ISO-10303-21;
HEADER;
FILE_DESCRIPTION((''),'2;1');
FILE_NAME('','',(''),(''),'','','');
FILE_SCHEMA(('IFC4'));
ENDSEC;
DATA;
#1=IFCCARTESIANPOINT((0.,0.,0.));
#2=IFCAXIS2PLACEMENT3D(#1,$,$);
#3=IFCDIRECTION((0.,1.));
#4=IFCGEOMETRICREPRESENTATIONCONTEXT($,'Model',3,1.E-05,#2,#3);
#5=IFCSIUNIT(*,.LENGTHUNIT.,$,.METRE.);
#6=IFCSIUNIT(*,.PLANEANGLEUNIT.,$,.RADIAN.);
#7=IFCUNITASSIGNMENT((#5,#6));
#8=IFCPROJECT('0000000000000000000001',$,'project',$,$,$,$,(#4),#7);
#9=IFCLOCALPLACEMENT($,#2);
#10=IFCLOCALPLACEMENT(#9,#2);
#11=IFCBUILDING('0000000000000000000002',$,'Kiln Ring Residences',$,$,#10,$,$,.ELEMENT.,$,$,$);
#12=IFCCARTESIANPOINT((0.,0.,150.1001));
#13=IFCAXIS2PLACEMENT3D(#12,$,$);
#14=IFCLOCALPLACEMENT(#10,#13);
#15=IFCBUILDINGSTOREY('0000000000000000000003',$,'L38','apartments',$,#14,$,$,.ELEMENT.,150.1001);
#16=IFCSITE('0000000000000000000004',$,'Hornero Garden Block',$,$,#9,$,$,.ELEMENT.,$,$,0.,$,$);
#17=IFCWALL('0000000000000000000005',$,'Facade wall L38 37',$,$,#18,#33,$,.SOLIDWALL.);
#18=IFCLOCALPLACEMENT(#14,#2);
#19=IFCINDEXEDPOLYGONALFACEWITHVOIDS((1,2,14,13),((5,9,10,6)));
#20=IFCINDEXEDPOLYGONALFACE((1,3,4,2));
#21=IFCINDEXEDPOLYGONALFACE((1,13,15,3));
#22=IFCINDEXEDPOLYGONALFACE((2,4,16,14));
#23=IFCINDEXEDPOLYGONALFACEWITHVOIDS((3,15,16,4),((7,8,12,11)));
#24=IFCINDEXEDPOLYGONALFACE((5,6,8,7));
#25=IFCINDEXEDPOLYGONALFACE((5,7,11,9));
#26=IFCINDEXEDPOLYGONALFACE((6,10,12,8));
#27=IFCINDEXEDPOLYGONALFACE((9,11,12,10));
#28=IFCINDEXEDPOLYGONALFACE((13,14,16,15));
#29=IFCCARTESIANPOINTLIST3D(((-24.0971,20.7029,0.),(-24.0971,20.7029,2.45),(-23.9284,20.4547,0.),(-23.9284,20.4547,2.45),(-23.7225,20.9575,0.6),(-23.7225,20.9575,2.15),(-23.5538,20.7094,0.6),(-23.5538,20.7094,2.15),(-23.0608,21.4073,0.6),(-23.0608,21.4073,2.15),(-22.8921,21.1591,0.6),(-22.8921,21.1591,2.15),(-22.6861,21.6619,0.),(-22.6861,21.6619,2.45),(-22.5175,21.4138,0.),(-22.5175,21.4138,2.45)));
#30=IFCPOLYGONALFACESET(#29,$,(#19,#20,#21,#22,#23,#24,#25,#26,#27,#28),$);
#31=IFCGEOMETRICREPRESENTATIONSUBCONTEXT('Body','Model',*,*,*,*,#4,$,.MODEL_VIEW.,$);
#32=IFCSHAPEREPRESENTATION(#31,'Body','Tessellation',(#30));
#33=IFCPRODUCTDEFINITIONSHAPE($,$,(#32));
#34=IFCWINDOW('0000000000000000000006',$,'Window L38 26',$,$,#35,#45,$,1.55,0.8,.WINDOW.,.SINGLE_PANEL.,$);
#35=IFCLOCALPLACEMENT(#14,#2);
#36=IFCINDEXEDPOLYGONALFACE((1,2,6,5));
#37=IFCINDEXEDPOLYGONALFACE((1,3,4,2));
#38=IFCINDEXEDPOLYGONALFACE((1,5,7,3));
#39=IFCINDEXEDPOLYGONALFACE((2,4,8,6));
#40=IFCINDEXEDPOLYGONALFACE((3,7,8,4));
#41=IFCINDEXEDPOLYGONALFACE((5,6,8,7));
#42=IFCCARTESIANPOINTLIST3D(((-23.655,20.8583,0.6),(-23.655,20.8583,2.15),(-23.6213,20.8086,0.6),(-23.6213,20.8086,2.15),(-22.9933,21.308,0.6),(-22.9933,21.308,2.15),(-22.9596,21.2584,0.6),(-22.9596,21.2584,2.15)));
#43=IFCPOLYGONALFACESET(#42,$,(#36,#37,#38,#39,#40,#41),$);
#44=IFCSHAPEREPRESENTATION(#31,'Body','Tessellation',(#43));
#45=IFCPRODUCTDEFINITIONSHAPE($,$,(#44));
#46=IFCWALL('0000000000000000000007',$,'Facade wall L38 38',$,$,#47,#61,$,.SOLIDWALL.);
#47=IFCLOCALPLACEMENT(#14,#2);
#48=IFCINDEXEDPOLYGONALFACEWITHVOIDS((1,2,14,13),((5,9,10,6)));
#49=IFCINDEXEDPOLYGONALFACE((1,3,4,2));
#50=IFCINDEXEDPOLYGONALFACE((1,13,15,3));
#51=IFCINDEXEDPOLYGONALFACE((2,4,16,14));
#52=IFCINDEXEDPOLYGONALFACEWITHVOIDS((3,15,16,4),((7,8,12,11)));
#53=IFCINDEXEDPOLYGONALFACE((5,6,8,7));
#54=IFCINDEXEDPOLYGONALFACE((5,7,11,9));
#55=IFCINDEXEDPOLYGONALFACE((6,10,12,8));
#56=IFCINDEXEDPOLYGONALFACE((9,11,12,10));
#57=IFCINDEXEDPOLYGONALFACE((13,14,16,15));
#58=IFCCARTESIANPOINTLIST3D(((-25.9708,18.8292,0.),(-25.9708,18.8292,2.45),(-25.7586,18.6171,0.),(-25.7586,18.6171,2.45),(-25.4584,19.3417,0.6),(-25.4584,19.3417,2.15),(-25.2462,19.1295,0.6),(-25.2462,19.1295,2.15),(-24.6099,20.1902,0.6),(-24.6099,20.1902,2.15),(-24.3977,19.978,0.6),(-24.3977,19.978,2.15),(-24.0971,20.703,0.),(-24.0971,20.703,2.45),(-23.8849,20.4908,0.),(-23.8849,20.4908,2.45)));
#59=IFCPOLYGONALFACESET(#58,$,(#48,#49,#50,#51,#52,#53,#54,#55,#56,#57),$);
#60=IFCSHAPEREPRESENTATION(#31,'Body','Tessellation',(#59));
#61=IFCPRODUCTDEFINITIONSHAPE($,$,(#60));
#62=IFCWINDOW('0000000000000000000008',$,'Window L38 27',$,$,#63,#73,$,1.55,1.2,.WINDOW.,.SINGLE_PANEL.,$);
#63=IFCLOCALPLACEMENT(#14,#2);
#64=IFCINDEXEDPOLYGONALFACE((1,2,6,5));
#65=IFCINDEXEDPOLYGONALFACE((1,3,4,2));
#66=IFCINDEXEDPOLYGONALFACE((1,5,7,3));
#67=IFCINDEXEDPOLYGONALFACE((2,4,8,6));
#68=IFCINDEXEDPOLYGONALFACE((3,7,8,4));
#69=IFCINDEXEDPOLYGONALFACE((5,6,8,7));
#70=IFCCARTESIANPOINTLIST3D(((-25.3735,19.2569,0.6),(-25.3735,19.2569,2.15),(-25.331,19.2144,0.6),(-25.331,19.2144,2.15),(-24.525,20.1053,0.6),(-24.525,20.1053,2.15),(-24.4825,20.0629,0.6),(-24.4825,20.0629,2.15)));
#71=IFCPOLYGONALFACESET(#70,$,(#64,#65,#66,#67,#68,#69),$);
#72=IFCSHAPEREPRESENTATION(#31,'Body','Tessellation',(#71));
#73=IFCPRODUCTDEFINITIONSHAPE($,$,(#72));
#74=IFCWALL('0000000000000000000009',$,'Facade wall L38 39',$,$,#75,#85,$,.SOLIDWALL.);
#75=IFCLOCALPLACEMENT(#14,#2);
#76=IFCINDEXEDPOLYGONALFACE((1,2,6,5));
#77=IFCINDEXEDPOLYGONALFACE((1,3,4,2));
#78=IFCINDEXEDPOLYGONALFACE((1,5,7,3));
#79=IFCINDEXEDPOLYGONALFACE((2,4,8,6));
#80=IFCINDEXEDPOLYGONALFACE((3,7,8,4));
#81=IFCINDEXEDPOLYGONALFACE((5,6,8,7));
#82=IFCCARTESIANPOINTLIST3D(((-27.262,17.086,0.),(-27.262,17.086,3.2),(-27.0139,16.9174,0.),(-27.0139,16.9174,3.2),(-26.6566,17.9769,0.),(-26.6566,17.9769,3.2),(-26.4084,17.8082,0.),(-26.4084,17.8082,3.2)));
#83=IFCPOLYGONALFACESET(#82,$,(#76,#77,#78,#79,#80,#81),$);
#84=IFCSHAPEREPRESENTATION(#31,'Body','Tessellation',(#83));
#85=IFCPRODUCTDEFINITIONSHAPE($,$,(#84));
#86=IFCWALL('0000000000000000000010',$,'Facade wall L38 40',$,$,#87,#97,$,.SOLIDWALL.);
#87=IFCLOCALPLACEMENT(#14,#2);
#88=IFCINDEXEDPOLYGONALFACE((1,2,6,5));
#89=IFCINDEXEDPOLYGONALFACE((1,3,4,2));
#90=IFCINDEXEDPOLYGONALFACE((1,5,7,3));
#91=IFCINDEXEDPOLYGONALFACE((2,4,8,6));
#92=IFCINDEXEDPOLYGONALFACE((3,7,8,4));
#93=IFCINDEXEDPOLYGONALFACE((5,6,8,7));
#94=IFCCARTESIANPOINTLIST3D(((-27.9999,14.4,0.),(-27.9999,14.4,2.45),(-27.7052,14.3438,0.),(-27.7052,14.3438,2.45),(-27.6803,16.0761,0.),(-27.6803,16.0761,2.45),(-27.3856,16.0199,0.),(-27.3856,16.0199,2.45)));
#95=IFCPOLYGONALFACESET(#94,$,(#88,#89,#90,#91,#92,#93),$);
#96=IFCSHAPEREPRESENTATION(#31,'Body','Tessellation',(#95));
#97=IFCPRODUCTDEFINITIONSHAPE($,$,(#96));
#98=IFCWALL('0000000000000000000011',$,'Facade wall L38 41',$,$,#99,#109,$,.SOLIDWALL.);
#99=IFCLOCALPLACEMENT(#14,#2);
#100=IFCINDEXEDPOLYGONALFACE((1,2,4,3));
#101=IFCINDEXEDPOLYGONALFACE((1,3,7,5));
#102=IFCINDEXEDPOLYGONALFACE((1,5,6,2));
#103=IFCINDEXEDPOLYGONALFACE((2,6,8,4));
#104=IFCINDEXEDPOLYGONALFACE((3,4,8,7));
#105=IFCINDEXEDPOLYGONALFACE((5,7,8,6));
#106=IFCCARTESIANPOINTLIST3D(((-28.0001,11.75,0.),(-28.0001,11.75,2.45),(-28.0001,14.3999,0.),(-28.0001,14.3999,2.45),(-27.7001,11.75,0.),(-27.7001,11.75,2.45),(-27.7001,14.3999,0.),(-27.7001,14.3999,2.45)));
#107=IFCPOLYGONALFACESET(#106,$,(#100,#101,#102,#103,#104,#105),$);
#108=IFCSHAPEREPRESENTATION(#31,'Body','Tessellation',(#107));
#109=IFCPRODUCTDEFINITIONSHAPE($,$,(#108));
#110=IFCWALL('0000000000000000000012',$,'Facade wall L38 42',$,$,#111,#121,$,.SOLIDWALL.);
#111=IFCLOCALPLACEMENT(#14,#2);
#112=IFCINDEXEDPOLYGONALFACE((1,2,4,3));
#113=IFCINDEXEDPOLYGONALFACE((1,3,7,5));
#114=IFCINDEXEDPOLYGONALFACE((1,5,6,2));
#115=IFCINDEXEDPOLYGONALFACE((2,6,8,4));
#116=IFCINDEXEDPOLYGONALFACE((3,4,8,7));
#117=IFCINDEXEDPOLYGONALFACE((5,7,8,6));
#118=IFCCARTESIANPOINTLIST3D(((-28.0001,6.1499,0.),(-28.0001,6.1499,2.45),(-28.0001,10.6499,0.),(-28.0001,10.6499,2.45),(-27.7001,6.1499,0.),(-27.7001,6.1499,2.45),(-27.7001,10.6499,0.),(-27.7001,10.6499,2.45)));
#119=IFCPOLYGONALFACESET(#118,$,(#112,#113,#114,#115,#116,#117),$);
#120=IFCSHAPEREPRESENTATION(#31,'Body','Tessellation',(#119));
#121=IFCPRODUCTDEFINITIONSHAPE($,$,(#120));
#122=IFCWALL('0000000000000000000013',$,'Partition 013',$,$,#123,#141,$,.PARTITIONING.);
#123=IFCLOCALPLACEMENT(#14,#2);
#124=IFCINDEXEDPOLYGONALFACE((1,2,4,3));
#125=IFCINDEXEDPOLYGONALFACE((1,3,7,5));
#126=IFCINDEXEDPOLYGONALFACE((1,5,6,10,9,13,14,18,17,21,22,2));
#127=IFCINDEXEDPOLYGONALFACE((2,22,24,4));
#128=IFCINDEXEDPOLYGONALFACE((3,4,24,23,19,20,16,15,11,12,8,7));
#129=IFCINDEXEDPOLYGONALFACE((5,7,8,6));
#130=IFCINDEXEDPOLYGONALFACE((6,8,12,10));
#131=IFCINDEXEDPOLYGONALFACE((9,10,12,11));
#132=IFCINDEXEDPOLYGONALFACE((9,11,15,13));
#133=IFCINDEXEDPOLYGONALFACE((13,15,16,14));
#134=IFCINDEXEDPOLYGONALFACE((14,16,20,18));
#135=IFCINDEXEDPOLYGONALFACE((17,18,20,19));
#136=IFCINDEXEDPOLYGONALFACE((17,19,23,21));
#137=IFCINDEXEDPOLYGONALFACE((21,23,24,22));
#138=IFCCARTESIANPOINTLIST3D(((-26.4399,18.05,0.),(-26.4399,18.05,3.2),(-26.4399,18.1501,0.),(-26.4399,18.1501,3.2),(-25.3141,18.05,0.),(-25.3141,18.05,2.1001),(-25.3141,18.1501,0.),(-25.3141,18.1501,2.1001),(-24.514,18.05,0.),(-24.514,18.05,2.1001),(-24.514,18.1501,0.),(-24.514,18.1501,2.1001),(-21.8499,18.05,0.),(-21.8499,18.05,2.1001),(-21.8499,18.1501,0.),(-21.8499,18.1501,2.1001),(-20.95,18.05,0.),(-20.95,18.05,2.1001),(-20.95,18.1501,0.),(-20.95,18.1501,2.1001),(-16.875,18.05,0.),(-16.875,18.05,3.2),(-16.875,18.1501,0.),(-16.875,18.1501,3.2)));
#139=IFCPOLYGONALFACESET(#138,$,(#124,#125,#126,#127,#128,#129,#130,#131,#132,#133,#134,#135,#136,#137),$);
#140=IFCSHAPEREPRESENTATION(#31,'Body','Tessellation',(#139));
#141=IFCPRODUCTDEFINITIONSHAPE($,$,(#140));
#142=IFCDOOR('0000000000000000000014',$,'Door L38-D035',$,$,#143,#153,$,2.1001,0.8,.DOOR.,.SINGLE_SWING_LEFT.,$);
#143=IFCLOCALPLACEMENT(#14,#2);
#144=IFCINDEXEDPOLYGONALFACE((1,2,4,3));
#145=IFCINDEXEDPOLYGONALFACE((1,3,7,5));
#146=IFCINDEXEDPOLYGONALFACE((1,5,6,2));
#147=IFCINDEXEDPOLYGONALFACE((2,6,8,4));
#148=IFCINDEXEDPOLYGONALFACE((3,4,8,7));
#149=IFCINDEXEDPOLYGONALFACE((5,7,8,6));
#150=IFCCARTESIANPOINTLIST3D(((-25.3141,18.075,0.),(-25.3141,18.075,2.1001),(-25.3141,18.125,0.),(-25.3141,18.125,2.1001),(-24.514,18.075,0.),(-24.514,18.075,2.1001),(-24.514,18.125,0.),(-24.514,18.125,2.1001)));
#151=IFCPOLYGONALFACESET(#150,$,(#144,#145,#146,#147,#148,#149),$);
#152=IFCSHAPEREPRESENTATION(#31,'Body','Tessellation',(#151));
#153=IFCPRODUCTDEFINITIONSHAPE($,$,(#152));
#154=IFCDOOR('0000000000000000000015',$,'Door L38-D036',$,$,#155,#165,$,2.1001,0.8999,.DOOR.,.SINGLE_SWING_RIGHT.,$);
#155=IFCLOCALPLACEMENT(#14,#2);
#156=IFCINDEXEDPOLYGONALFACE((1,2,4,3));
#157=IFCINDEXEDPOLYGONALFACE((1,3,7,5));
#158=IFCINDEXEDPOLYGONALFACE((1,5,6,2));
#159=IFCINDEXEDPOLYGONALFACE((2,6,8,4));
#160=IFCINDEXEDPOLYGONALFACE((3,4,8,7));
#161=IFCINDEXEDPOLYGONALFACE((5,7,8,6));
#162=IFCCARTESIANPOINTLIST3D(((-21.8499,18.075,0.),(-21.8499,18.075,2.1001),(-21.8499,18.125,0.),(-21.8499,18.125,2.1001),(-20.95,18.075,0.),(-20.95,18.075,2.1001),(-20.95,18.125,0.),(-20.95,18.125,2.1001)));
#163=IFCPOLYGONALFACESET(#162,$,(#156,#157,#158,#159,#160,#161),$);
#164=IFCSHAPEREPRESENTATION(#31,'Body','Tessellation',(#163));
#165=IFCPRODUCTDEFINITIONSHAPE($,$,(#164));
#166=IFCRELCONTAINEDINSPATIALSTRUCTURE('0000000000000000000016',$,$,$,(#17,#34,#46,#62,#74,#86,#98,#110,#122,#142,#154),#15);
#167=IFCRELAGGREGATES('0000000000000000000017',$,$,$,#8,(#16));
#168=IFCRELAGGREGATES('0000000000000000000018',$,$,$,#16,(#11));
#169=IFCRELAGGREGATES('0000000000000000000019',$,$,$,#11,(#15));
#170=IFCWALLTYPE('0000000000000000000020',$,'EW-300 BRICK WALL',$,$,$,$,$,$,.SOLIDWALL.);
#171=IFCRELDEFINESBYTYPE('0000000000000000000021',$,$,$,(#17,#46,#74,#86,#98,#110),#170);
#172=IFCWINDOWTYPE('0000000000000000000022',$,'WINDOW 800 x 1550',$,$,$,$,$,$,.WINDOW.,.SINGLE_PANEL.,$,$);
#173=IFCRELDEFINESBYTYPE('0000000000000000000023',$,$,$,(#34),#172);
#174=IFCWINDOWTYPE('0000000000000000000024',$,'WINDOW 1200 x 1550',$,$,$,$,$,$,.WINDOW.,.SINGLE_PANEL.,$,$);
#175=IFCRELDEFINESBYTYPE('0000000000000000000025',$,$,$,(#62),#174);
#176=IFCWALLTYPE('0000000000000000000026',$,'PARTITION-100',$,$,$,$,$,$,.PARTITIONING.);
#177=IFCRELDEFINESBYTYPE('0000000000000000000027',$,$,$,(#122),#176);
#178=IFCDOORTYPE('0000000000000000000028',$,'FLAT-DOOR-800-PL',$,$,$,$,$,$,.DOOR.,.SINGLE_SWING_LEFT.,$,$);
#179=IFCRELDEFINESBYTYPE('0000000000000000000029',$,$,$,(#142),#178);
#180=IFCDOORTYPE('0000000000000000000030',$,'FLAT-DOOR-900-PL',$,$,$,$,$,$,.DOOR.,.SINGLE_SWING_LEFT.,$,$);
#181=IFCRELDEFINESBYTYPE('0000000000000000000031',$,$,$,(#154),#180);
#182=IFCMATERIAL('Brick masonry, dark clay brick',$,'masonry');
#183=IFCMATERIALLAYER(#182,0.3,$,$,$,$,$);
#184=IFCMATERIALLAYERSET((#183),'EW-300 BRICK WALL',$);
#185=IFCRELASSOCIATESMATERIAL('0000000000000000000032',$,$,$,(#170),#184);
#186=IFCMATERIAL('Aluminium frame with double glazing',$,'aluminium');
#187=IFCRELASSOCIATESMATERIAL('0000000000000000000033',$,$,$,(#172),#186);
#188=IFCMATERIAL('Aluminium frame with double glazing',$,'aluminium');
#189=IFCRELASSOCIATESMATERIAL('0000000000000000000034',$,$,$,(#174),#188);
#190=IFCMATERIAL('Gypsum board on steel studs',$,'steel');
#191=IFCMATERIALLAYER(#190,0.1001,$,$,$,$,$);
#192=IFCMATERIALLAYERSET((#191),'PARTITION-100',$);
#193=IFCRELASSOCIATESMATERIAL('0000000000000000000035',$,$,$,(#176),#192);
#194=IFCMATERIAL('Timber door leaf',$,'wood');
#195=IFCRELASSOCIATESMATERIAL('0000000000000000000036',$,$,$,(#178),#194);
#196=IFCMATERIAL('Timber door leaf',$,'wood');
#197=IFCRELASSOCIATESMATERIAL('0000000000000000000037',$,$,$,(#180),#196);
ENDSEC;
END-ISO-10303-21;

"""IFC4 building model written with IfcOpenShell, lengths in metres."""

from ifc_helpers import new_model, si_unit, direction, frame, frame_2d, origin, place, context, subcontext, project, spatial, rectangle, extrude, material, layer, layer_set, type_object, element, fill, save


model = new_model("IFC4")

# Units and contexts
model_context = context("Model", 3, precision=1e-05, world=origin(), true_north=direction((0.0, 1.0)))
body_context = subcontext(model_context, "Body", "Model", "MODEL_VIEW")
ifc_project = project(units=[si_unit("LENGTHUNIT", "METRE"), si_unit("PLANEANGLEUNIT", "RADIAN")], contexts=[model_context])

# Site, building, storey
site_placement = place(None, origin())
site = spatial("IfcSite", under=ifc_project, at=site_placement, Name="Hornero Garden Block", CompositionType="ELEMENT", RefElevation=0.0)
building_placement = place(site_placement, origin())
building = spatial("IfcBuilding", under=site, at=building_placement, Name="Kiln Ring Residences", CompositionType="ELEMENT")
storey_placement = place(building_placement, frame((0.0, 0.0, 150.1001)))
storey = spatial("IfcBuildingStorey", under=building, at=storey_placement, Name="L38", Description="apartments", CompositionType="ELEMENT", Elevation=150.1001)

# Walls, openings, windows
ifc_material_1 = material(Name="Brick masonry, dark clay brick", Category="masonry")
ifc_layer_1 = layer(ifc_material_1, 0.3)
ifc_layer_set_1 = layer_set([ifc_layer_1], Name="EW-300 BRICK WALL")
wall_type_1 = type_object("IfcWallType", Name="EW-300 BRICK WALL", PredefinedType="SOLIDWALL", material=ifc_layer_set_1)
ifc_material_2 = material(Name="Aluminium frame with double glazing", Category="aluminium")
window_type_1 = type_object("IfcWindowType", Name="WINDOW 800 x 1550", PartitioningType="SINGLE_PANEL", PredefinedType="WINDOW", material=ifc_material_2)
wall_1_placement = place(storey_placement, frame((-22.6018, 21.5378, 0.0), z_axis=(0.0, 0.0, 1.0), x_axis=(-0.827041, -0.562142, 0.0)))
wall_1 = element("IfcWall", 1, at=wall_1_placement, inside=storey, type_object=wall_type_1, Name="Facade wall L38 37", PredefinedType="SOLIDWALL", context=body_context, shape_type="SweptSolid", body=[
    extrude(rectangle(XDim=1.7061, YDim=0.3, at=frame_2d((0.853, 0.0))), origin(), (0.0, 0.0, 1.0), 2.45),
])
opening_1_placement = place(wall_1_placement, frame((0.4531, 0.0, 0.6001)))
opening_1 = element("IfcOpeningElement", 2, at=opening_1_placement, cuts=wall_1, PredefinedType="OPENING", context=body_context, shape_type="SweptSolid", body=[
    extrude(rectangle(XDim=0.8, YDim=1.55, at=frame_2d((0.3999, 0.7749))), frame((0.0, 0.1599, 0.0), z_axis=(0.0, -1.0, 0.0), x_axis=(1.0, 0.0, 0.0)), (0.0, 0.0, 1.0), 0.3201),
])
window_1_placement = place(opening_1_placement, origin())
window_1 = element("IfcWindow", 3, at=window_1_placement, inside=storey, type_object=window_type_1, Name="Window L38 26", OverallHeight=1.55, OverallWidth=0.8, PartitioningType="SINGLE_PANEL", PredefinedType="WINDOW", context=body_context, shape_type="SweptSolid", body=[
    extrude(rectangle(XDim=0.8, YDim=1.55, at=frame_2d((0.3999, 0.7749))), frame((0.0, 0.03, 0.0), z_axis=(0.0, -1.0, 0.0), x_axis=(1.0, 0.0, 0.0)), (0.0, 0.0, 1.0), 0.0601),
])
fill(opening_1, window_1)
wall_2_placement = place(storey_placement, frame((-23.991, 20.5969, 0.0), z_axis=(0.0, 0.0, 1.0), x_axis=(-0.707107, -0.707107, 0.0)))
wall_2 = element("IfcWall", 4, at=wall_2_placement, inside=storey, type_object=wall_type_1, Name="Facade wall L38 38", PredefinedType="SOLIDWALL", context=body_context, shape_type="SweptSolid", body=[
    extrude(rectangle(XDim=2.6499, YDim=0.3, at=frame_2d((1.325, 0.0))), origin(), (0.0, 0.0, 1.0), 2.45),
])
opening_2_placement = place(wall_2_placement, frame((0.7251, 0.0, 0.6001)))
opening_2 = element("IfcOpeningElement", 5, at=opening_2_placement, cuts=wall_2, PredefinedType="OPENING", context=body_context, shape_type="SweptSolid", body=[
    extrude(rectangle(XDim=1.2, YDim=1.55, at=frame_2d((0.6001, 0.7749))), frame((0.0, 0.1599, 0.0), z_axis=(0.0, -1.0, 0.0), x_axis=(1.0, 0.0, 0.0)), (0.0, 0.0, 1.0), 0.3201),
])
ifc_material_3 = material(Name="Aluminium frame with double glazing", Category="aluminium")
window_type_2 = type_object("IfcWindowType", Name="WINDOW 1200 x 1550", PartitioningType="SINGLE_PANEL", PredefinedType="WINDOW", material=ifc_material_3)
window_2_placement = place(opening_2_placement, origin())
window_2 = element("IfcWindow", 6, at=window_2_placement, inside=storey, type_object=window_type_2, Name="Window L38 27", OverallHeight=1.55, OverallWidth=1.2, PartitioningType="SINGLE_PANEL", PredefinedType="WINDOW", context=body_context, shape_type="SweptSolid", body=[
    extrude(rectangle(XDim=1.2, YDim=1.55, at=frame_2d((0.6001, 0.7749))), frame((0.0, 0.03, 0.0), z_axis=(0.0, -1.0, 0.0), x_axis=(1.0, 0.0, 0.0)), (0.0, 0.0, 1.0), 0.0601),
])
fill(opening_2, window_2)

# Walls
wall_3_placement = place(storey_placement, frame((-26.5325, 17.8926, 0.0), z_axis=(0.0, 0.0, 1.0), x_axis=(-0.562105, -0.827066, 0.0)))
element("IfcWall", 7, at=wall_3_placement, inside=storey, type_object=wall_type_1, Name="Facade wall L38 39", PredefinedType="SOLIDWALL", context=body_context, shape_type="SweptSolid", body=[
    extrude(rectangle(XDim=1.0771, YDim=0.3, at=frame_2d((0.5386, 0.0))), origin(), (0.0, 0.0, 1.0), 3.2),
])
wall_4_placement = place(storey_placement, frame((-27.533, 16.0479, 0.0), z_axis=(0.0, 0.0, 1.0), x_axis=(-0.187303, -0.982302, 0.0)))
element("IfcWall", 8, at=wall_4_placement, inside=storey, type_object=wall_type_1, Name="Facade wall L38 40", PredefinedType="SOLIDWALL", context=body_context, shape_type="SweptSolid", body=[
    extrude(rectangle(XDim=1.7063, YDim=0.3, at=frame_2d((0.853, 0.0))), origin(), (0.0, 0.0, 1.0), 2.45),
])
wall_5_placement = place(storey_placement, frame((-27.8501, 14.3999, 0.0), z_axis=(0.0, 0.0, 1.0), x_axis=(0.0, -1.0, 0.0)))
element("IfcWall", 9, at=wall_5_placement, inside=storey, type_object=wall_type_1, Name="Facade wall L38 41", PredefinedType="SOLIDWALL", context=body_context, shape_type="SweptSolid", body=[
    extrude(rectangle(XDim=2.6499, YDim=0.3, at=frame_2d((1.325, 0.0))), origin(), (0.0, 0.0, 1.0), 2.45),
])
wall_6_placement = place(storey_placement, frame((-27.8501, 10.6499, 0.0), z_axis=(0.0, 0.0, 1.0), x_axis=(0.0, -1.0, 0.0)))
element("IfcWall", 10, at=wall_6_placement, inside=storey, type_object=wall_type_1, Name="Facade wall L38 42", PredefinedType="SOLIDWALL", context=body_context, shape_type="SweptSolid", body=[
    extrude(rectangle(XDim=4.5, YDim=0.3, at=frame_2d((2.25, 0.0))), origin(), (0.0, 0.0, 1.0), 2.45),
])

# Wall, openings, doors
ifc_material_4 = material(Name="Gypsum board on steel studs", Category="steel")
ifc_layer_2 = layer(ifc_material_4, 0.1001)
ifc_layer_set_2 = layer_set([ifc_layer_2], Name="PARTITION-100")
wall_type_2 = type_object("IfcWallType", Name="PARTITION-100", PredefinedType="PARTITIONING", material=ifc_layer_set_2)
wall_7_placement = place(storey_placement, frame((-26.4399, 18.1001, 0.0), z_axis=(0.0, 0.0, 1.0), x_axis=(1.0, 0.0, 0.0)))
wall_7 = element("IfcWall", 11, at=wall_7_placement, inside=storey, type_object=wall_type_2, Name="Partition 013", PredefinedType="PARTITIONING", context=body_context, shape_type="SweptSolid", body=[
    extrude(rectangle(XDim=9.5649, YDim=0.1001, at=frame_2d((4.7825, 0.0))), origin(), (0.0, 0.0, 1.0), 3.2),
])
opening_3_placement = place(wall_7_placement, frame((1.126, 0.0, 0.0)))
opening_3 = element("IfcOpeningElement", 12, at=opening_3_placement, cuts=wall_7, PredefinedType="OPENING", context=body_context, shape_type="SweptSolid", body=[
    extrude(rectangle(XDim=0.8, YDim=2.1001, at=frame_2d((0.3999, 1.05))), frame((0.0, 0.0601, 0.0), z_axis=(0.0, -1.0, 0.0), x_axis=(1.0, 0.0, 0.0)), (0.0, 0.0, 1.0), 0.1201),
])
opening_4_placement = place(wall_7_placement, frame((4.5901, 0.0, 0.0)))
opening_4 = element("IfcOpeningElement", 13, at=opening_4_placement, cuts=wall_7, PredefinedType="OPENING", context=body_context, shape_type="SweptSolid", body=[
    extrude(rectangle(XDim=0.8999, YDim=2.1001, at=frame_2d((0.45, 1.05))), frame((0.0, 0.0601, 0.0), z_axis=(0.0, -1.0, 0.0), x_axis=(1.0, 0.0, 0.0)), (0.0, 0.0, 1.0), 0.1201),
])
ifc_material_5 = material(Name="Timber door leaf", Category="wood")
door_type_1 = type_object("IfcDoorType", Name="FLAT-DOOR-800-PL", OperationType="SINGLE_SWING_LEFT", PredefinedType="DOOR", material=ifc_material_5)
door_1_placement = place(opening_3_placement, origin())
door_1 = element("IfcDoor", 14, at=door_1_placement, inside=storey, type_object=door_type_1, Name="Door L38-D035", OperationType="SINGLE_SWING_LEFT", OverallHeight=2.1001, OverallWidth=0.8, PredefinedType="DOOR", context=body_context, shape_type="SweptSolid", body=[
    extrude(rectangle(XDim=0.8, YDim=2.1001, at=frame_2d((0.3999, 1.05))), frame((0.0, 0.0249, 0.0), z_axis=(0.0, -1.0, 0.0), x_axis=(1.0, 0.0, 0.0)), (0.0, 0.0, 1.0), 0.05),
])
fill(opening_3, door_1)
ifc_material_6 = material(Name="Timber door leaf", Category="wood")
door_type_2 = type_object("IfcDoorType", Name="FLAT-DOOR-900-PL", OperationType="SINGLE_SWING_LEFT", PredefinedType="DOOR", material=ifc_material_6)
door_2_placement = place(opening_4_placement, origin())
door_2 = element("IfcDoor", 15, at=door_2_placement, inside=storey, type_object=door_type_2, Name="Door L38-D036", OperationType="SINGLE_SWING_RIGHT", OverallHeight=2.1001, OverallWidth=0.8999, PredefinedType="DOOR", context=body_context, shape_type="SweptSolid", body=[
    extrude(rectangle(XDim=0.8999, YDim=2.1001, at=frame_2d((0.45, 1.05))), frame((0.0, 0.0249, 0.0), z_axis=(0.0, -1.0, 0.0), x_axis=(1.0, 0.0, 0.0)), (0.0, 0.0, 1.0), 0.05),
])
fill(opening_4, door_2)

save(model, "model.ifc")
